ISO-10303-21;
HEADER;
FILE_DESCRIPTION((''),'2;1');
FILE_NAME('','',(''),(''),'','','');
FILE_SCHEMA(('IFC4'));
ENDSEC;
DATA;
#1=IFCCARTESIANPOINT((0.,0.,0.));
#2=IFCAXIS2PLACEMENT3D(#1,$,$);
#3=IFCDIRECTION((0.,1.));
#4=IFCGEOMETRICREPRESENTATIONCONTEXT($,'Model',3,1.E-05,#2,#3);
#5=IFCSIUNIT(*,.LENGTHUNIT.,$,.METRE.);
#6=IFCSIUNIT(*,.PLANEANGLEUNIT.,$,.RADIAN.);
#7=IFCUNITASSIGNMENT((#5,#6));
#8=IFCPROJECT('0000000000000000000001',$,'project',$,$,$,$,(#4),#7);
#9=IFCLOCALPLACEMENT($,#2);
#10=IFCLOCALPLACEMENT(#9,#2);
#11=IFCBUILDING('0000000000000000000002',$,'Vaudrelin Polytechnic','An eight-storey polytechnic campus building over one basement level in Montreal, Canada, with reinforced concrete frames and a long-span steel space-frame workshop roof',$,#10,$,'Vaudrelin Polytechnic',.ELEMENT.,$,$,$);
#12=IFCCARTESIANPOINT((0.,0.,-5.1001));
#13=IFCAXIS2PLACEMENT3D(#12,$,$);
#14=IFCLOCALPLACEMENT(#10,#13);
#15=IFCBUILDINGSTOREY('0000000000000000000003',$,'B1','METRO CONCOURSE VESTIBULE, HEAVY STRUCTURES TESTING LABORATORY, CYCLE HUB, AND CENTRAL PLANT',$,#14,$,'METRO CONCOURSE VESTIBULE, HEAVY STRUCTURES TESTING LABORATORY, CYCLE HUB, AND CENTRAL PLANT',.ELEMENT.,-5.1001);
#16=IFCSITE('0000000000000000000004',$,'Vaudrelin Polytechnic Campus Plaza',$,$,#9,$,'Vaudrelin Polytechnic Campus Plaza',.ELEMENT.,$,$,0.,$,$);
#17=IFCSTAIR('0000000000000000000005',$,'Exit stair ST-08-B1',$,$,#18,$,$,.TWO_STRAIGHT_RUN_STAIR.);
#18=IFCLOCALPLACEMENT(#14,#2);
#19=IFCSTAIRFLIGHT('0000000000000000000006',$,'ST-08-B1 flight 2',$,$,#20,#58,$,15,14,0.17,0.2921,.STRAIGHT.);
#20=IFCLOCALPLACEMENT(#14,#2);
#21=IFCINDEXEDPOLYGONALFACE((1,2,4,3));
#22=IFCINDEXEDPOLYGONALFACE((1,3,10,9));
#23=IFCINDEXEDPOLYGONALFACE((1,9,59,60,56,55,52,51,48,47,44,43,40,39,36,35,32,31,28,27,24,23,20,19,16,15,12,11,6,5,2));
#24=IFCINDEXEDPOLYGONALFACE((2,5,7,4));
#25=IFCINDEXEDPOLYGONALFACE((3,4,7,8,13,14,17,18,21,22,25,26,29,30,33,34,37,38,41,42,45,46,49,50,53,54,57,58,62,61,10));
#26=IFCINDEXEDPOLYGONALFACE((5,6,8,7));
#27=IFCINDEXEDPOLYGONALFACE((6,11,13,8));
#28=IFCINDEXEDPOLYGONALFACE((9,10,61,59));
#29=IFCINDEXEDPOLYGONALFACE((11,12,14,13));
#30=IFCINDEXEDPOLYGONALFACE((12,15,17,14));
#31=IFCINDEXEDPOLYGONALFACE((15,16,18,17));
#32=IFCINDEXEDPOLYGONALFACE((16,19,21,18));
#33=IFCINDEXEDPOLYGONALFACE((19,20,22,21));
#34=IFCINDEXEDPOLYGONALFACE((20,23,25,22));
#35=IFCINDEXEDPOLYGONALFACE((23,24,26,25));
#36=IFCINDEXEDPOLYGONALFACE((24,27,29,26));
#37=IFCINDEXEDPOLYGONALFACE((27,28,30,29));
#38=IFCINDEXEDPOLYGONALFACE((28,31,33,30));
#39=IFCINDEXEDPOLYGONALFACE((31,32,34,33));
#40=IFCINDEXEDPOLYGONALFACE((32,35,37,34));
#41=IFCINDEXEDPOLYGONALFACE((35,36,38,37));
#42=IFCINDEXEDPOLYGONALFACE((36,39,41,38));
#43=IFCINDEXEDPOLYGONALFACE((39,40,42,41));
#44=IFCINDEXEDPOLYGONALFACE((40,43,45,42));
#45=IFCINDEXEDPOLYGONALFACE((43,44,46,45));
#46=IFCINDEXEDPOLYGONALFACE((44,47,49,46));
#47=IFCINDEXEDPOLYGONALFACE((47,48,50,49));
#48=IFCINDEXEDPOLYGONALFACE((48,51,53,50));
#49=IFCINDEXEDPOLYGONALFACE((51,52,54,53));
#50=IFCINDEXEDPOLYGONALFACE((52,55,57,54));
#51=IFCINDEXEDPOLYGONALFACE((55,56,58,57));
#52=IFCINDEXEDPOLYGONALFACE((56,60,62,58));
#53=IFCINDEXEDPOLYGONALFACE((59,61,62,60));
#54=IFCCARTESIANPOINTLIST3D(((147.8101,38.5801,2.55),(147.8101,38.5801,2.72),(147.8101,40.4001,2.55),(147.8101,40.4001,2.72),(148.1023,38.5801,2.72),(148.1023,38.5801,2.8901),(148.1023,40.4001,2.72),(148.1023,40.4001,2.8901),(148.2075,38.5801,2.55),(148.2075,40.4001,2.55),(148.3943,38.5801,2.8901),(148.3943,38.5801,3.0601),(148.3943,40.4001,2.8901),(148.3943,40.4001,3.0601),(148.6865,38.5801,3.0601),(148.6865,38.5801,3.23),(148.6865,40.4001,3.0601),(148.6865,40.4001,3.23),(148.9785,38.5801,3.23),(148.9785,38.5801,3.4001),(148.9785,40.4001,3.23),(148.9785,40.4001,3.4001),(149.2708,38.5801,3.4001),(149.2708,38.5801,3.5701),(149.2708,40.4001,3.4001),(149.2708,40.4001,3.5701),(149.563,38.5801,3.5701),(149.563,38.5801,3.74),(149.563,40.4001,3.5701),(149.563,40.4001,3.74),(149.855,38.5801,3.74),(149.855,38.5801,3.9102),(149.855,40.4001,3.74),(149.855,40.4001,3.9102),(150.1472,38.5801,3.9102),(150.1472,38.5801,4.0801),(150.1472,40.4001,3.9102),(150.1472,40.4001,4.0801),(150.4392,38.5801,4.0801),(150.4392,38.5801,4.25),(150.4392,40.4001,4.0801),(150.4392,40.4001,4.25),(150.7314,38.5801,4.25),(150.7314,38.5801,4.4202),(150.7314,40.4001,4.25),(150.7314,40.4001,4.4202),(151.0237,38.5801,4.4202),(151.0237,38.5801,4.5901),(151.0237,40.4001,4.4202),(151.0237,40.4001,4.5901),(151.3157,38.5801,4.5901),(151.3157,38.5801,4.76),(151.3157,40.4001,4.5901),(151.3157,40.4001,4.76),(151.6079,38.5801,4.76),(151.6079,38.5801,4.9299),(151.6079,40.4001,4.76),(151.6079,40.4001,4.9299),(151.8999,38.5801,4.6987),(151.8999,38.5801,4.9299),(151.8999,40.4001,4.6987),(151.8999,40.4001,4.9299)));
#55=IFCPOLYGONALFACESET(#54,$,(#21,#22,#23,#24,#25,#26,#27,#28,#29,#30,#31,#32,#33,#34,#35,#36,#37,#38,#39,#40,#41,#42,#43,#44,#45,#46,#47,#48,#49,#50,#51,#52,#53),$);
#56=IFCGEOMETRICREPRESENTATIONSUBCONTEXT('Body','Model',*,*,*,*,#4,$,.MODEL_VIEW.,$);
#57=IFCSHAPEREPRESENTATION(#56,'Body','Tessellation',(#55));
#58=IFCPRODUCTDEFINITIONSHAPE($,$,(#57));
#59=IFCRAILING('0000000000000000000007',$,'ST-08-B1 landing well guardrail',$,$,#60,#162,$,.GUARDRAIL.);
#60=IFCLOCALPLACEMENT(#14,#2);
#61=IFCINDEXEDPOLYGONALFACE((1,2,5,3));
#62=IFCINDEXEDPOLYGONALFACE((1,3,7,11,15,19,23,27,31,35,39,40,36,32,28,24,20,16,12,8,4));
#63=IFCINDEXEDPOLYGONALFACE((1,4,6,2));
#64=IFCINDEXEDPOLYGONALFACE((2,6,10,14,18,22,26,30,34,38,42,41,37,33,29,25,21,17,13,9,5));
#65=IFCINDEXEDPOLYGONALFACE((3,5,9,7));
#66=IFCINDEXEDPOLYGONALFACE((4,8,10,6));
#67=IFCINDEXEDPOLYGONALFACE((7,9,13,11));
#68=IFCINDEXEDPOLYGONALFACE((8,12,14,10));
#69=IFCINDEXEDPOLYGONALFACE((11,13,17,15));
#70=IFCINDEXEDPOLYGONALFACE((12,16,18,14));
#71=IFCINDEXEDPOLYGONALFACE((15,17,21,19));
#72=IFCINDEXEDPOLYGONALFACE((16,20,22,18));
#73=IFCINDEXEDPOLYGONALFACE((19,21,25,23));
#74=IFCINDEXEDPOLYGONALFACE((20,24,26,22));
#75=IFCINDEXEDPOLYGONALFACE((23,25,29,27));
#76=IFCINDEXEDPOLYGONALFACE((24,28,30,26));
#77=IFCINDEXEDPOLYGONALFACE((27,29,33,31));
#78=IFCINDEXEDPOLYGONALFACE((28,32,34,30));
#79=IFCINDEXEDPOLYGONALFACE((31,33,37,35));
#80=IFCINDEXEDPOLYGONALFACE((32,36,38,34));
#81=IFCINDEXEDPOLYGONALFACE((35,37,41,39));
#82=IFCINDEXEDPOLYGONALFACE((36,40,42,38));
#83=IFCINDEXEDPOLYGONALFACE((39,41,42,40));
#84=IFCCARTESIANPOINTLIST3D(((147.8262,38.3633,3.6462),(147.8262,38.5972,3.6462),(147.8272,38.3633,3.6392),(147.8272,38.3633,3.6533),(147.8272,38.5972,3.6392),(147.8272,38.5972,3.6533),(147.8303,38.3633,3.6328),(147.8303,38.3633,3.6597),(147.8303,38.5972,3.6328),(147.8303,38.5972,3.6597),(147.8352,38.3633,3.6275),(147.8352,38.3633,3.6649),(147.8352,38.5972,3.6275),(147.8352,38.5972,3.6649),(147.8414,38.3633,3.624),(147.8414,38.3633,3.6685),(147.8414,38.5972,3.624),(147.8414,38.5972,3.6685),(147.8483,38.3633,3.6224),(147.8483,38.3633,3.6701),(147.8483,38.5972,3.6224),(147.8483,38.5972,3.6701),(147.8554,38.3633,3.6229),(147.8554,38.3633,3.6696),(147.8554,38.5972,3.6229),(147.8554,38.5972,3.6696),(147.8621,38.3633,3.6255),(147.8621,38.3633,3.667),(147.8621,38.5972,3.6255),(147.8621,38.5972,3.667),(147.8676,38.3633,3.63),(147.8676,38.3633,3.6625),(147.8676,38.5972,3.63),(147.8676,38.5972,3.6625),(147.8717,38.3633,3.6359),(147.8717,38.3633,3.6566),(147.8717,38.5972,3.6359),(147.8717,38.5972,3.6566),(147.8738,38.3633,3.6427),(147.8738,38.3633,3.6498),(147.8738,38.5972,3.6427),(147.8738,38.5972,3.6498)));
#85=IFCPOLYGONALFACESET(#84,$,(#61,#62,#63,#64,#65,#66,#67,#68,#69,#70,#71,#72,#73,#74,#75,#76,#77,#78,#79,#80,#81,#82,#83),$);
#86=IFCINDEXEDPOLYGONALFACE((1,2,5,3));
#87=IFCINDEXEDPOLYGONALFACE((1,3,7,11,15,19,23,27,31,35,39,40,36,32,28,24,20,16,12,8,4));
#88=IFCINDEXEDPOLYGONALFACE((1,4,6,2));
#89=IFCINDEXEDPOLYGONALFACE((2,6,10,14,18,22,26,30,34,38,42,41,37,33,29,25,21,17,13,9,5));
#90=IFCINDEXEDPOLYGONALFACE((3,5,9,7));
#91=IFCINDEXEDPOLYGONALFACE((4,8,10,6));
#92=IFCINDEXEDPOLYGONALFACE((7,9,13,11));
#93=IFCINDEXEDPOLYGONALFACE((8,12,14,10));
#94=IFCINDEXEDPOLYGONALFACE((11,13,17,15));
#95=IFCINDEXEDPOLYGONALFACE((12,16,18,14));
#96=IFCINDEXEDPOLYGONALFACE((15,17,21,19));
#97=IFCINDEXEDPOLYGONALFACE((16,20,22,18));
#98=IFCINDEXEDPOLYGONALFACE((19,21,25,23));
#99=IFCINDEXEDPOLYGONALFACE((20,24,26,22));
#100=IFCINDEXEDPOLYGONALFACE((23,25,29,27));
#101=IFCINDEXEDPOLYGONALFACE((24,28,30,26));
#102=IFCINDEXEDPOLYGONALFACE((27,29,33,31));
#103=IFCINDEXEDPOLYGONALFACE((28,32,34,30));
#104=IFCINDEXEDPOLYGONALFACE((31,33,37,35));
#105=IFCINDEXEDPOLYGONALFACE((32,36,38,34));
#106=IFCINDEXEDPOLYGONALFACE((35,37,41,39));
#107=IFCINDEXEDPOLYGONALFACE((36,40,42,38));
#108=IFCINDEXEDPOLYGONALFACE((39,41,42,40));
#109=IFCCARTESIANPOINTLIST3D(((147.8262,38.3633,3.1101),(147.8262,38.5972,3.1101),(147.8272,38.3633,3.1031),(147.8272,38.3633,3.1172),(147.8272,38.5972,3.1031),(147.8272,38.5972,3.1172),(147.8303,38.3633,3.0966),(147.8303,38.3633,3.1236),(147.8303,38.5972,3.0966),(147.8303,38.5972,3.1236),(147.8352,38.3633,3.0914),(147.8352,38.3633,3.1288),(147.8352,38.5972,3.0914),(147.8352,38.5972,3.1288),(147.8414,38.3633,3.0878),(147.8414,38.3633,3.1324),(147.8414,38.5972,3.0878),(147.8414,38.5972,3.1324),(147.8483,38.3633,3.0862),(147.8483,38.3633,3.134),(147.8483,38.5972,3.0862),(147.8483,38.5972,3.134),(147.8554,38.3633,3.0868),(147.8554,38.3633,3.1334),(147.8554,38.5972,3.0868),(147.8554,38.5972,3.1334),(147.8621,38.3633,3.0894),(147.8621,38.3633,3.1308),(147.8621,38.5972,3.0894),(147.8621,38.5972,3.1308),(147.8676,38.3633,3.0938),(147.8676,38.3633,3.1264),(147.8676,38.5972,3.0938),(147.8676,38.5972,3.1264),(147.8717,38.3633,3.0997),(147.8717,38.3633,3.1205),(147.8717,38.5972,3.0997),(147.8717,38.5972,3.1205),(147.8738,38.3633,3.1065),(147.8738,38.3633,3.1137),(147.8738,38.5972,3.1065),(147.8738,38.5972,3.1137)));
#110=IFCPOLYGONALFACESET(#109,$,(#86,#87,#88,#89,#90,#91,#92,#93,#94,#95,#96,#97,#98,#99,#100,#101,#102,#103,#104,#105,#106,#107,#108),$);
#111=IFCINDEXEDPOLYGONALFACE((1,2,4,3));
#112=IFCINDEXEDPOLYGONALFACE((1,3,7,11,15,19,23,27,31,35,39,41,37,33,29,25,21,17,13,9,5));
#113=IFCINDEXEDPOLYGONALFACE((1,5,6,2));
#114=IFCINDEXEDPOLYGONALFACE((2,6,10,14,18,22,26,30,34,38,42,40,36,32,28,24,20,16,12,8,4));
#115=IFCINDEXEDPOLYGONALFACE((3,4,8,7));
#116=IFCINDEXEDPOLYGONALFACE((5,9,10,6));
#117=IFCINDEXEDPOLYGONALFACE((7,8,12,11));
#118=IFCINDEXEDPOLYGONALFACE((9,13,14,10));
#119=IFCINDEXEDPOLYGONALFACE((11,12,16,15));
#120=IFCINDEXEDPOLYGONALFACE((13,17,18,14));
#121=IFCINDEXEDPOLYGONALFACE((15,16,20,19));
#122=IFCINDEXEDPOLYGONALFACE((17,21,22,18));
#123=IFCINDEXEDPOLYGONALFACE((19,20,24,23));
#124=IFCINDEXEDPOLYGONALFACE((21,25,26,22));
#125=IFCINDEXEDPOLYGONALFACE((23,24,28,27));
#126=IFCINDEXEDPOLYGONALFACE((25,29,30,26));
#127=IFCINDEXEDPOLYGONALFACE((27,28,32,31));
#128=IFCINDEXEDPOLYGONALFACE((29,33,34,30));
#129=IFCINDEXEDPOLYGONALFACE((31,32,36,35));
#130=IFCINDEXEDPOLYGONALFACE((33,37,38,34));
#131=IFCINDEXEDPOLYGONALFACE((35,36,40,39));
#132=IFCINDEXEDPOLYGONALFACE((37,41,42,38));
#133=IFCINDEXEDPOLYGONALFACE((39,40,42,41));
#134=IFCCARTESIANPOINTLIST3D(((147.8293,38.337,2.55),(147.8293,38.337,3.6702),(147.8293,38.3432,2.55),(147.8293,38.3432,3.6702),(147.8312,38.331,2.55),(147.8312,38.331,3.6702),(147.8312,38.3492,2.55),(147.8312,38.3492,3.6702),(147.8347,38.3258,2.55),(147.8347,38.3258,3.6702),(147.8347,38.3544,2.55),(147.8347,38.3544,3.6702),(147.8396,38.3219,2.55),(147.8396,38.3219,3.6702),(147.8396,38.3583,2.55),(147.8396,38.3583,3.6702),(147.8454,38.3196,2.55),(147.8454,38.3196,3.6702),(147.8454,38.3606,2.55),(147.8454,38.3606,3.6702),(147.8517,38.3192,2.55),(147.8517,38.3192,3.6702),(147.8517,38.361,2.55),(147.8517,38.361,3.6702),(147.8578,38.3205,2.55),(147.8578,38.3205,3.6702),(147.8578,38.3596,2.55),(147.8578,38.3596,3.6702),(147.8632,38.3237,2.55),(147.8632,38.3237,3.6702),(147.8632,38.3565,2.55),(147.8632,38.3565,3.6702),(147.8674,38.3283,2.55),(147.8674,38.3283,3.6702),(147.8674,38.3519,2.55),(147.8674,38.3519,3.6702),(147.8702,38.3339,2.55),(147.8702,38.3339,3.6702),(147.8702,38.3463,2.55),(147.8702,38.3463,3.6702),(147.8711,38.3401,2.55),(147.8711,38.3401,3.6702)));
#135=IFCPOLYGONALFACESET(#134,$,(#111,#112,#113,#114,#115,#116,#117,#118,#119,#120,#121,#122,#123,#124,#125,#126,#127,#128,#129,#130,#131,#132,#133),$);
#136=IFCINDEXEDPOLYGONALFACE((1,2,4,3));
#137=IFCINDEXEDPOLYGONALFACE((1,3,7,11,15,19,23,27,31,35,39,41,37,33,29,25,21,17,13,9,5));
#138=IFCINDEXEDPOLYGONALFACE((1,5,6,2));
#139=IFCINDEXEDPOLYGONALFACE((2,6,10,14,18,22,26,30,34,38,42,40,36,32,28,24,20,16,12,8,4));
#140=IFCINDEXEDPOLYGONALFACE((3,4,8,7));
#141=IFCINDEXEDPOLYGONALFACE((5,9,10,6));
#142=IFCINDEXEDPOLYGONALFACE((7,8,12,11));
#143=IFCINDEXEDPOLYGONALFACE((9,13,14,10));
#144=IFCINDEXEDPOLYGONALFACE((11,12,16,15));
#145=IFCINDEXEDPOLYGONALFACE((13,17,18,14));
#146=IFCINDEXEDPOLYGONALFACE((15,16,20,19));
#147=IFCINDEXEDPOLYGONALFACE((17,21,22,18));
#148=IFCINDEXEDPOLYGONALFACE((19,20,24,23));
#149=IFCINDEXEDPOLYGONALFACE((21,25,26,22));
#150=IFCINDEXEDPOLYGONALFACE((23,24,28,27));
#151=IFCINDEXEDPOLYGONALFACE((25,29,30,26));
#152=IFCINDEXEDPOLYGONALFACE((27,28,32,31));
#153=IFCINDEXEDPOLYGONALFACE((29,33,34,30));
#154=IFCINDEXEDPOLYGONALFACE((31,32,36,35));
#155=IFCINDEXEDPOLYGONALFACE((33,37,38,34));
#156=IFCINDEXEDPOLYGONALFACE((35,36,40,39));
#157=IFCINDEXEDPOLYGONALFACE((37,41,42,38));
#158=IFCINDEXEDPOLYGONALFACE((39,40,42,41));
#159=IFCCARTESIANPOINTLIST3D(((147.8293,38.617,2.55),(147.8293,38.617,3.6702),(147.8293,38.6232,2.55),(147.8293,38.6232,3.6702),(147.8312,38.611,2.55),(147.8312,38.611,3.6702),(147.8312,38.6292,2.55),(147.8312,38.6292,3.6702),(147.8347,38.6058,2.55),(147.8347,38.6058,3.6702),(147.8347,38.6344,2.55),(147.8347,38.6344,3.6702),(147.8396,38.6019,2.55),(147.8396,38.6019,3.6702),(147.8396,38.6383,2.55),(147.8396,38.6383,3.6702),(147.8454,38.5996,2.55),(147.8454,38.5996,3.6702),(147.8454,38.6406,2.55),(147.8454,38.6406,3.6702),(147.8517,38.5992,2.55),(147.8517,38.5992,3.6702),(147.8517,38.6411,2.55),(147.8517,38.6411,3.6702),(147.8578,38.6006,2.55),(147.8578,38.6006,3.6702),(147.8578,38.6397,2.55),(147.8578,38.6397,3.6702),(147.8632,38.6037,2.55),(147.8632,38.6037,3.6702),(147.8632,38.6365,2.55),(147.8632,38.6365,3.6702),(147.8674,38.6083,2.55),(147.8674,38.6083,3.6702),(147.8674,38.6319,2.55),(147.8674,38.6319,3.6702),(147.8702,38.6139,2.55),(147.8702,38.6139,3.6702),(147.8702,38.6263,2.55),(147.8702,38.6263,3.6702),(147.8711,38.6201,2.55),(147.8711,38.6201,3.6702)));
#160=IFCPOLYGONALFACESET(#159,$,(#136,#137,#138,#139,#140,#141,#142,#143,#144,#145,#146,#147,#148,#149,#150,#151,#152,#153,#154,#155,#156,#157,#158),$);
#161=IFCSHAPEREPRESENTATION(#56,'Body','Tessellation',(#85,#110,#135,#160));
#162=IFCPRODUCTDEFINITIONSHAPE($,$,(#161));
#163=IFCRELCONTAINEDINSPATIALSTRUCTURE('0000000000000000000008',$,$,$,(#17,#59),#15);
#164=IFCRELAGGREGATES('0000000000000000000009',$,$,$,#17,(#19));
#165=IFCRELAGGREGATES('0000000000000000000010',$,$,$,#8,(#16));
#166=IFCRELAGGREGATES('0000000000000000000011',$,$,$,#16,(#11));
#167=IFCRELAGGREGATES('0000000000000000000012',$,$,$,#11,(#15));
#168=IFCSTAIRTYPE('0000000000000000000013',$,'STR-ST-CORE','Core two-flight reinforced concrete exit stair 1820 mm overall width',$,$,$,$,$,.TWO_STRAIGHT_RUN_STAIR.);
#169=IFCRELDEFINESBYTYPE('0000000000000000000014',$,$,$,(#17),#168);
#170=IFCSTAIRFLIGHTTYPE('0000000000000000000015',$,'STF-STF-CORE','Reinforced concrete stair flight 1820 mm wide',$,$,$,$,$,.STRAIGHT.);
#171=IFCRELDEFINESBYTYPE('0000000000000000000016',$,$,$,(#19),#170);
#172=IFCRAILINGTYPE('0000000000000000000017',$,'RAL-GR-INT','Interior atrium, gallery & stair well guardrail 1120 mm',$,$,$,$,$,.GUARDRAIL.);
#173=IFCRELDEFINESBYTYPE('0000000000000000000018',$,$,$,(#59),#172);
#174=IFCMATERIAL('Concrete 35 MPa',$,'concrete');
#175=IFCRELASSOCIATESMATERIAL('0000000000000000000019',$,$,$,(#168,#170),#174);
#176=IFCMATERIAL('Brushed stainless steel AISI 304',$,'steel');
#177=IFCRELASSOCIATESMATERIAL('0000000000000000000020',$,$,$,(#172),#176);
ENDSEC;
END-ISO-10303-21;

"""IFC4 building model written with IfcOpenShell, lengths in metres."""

from ifc_helpers import new_model, si_unit, direction, frame, origin, origin_2d, place, context, subcontext, project, spatial, polyline, circle, outline, extrude, material, type_object, element, aggregate, save


model = new_model("IFC4")

# Units and contexts
model_context = context("Model", 3, precision=1e-05, world=origin(), true_north=direction((0.0, 1.0)))
body_context = subcontext(model_context, "Body", "Model", "MODEL_VIEW")
ifc_project = project(units=[si_unit("LENGTHUNIT", "METRE"), si_unit("PLANEANGLEUNIT", "RADIAN")], contexts=[model_context])

# Site, building, storey
site_placement = place(None, origin())
site = spatial("IfcSite", under=ifc_project, at=site_placement, Name="Vaudrelin Polytechnic Campus Plaza", LongName="Vaudrelin Polytechnic Campus Plaza", CompositionType="ELEMENT", RefElevation=0.0)
building_placement = place(site_placement, origin())
building = spatial("IfcBuilding", under=site, at=building_placement, Name="Vaudrelin Polytechnic", Description="An eight-storey polytechnic campus building over one basement level in Montreal, Canada, with reinforced concrete frames and a long-span steel space-frame workshop roof", LongName="Vaudrelin Polytechnic", CompositionType="ELEMENT")
storey_placement = place(building_placement, frame((0.0, 0.0, -5.1001)))
storey = spatial("IfcBuildingStorey", under=building, at=storey_placement, Name="B1", Description="METRO CONCOURSE VESTIBULE, HEAVY STRUCTURES TESTING LABORATORY, CYCLE HUB, AND CENTRAL PLANT", LongName="METRO CONCOURSE VESTIBULE, HEAVY STRUCTURES TESTING LABORATORY, CYCLE HUB, AND CENTRAL PLANT", CompositionType="ELEMENT", Elevation=-5.1001)

# Stair, stair flight
ifc_material_1 = material(Name="Concrete 35 MPa", Category="concrete")
stair_type = type_object("IfcStairType", Name="STR-ST-CORE", Description="Core two-flight reinforced concrete exit stair 1820 mm overall width", PredefinedType="TWO_STRAIGHT_RUN_STAIR", material=ifc_material_1)
stair_placement = place(storey_placement, origin())
stair = element("IfcStair", 1, at=stair_placement, inside=storey, type_object=stair_type, Name="Exit stair ST-08-B1", PredefinedType="TWO_STRAIGHT_RUN_STAIR")
stair_flight_type = type_object("IfcStairFlightType", Name="STF-STF-CORE", Description="Reinforced concrete stair flight 1820 mm wide", PredefinedType="STRAIGHT", material=ifc_material_1)
stair_flight_placement = place(storey_placement, frame((147.8101, 39.49, 2.55), z_axis=(0.0, 0.0, 1.0), x_axis=(1.0, 0.0, 0.0)))
stair_flight = element("IfcStairFlight", 2, at=stair_flight_placement, type_object=stair_flight_type, Name="ST-08-B1 flight 2", NumberOfRisers=15, NumberOfTreads=14, PredefinedType="STRAIGHT", RiserHeight=0.17, TreadLength=0.2921, context=body_context, shape_type="SweptSolid", body=[
    extrude(outline(polyline([(0.0, 0.0), (0.0, 0.1699), (0.2922, 0.1699), (0.2922, 0.3401), (0.5842, 0.3401), (0.5842, 0.51), (0.8765, 0.51), (0.8765, 0.6799), (1.1685, 0.6799), (1.1685, 0.8501), (1.4607, 0.8501), (1.4607, 1.02), (1.7529, 1.02), (1.7529, 1.1899), (2.0449, 1.1899), (2.0449, 1.3601), (2.3372, 1.3601), (2.3372, 1.53), (2.6292, 1.53), (2.6292, 1.7), (2.9214, 1.7), (2.9214, 1.8701), (3.2136, 1.8701), (3.2136, 2.04), (3.5056, 2.04), (3.5056, 2.21), (3.7979, 2.21), (3.7979, 2.3799), (4.0898, 2.3799), (4.0898, 2.55), (4.0898, 2.1487), (0.3975, 0.0), (0.0, 0.0)])), frame((0.0, 0.9102, 0.0), z_axis=(0.0, -1.0, 0.0), x_axis=(1.0, 0.0, 0.0)), (0.0, 0.0, 1.0), 1.8201),
])
aggregate(stair, [stair_flight])

# Railing
ifc_material_2 = material(Name="Brushed stainless steel AISI 304", Category="steel")
railing_type_1 = type_object("IfcRailingType", Name="RAL-GR-INT", Description="Interior atrium, gallery & stair well guardrail 1120 mm", PredefinedType="GUARDRAIL", material=ifc_material_2)
railing_1_placement = place(storey_placement, frame((147.8501, 38.3401, 2.55)))
element("IfcRailing", 3, at=railing_1_placement, inside=storey, type_object=railing_type_1, Name="ST-08-B1 landing well guardrail", PredefinedType="GUARDRAIL", context=body_context, shape_type="SweptSolid", body=[
    extrude(circle(Radius=0.0239, at=origin_2d()), frame((0.0, 0.0232, 1.0962), z_axis=(0.0, 1.0, 0.0), x_axis=(-1.0, 0.0, 0.0)), (0.0, 0.0, 1.0), 0.2339),
    extrude(circle(Radius=0.0239, at=origin_2d()), frame((0.0, 0.0232, 0.5601), z_axis=(0.0, 1.0, 0.0), x_axis=(-1.0, 0.0, 0.0)), (0.0, 0.0, 1.0), 0.2339),
    extrude(circle(Radius=0.021, at=origin_2d()), origin(), (0.0, 0.0, 1.0), 1.1201),
    extrude(circle(Radius=0.021, at=origin_2d()), frame((0.0, 0.28, 0.0)), (0.0, 0.0, 1.0), 1.1201),
])

save(model, "model.ifc")
